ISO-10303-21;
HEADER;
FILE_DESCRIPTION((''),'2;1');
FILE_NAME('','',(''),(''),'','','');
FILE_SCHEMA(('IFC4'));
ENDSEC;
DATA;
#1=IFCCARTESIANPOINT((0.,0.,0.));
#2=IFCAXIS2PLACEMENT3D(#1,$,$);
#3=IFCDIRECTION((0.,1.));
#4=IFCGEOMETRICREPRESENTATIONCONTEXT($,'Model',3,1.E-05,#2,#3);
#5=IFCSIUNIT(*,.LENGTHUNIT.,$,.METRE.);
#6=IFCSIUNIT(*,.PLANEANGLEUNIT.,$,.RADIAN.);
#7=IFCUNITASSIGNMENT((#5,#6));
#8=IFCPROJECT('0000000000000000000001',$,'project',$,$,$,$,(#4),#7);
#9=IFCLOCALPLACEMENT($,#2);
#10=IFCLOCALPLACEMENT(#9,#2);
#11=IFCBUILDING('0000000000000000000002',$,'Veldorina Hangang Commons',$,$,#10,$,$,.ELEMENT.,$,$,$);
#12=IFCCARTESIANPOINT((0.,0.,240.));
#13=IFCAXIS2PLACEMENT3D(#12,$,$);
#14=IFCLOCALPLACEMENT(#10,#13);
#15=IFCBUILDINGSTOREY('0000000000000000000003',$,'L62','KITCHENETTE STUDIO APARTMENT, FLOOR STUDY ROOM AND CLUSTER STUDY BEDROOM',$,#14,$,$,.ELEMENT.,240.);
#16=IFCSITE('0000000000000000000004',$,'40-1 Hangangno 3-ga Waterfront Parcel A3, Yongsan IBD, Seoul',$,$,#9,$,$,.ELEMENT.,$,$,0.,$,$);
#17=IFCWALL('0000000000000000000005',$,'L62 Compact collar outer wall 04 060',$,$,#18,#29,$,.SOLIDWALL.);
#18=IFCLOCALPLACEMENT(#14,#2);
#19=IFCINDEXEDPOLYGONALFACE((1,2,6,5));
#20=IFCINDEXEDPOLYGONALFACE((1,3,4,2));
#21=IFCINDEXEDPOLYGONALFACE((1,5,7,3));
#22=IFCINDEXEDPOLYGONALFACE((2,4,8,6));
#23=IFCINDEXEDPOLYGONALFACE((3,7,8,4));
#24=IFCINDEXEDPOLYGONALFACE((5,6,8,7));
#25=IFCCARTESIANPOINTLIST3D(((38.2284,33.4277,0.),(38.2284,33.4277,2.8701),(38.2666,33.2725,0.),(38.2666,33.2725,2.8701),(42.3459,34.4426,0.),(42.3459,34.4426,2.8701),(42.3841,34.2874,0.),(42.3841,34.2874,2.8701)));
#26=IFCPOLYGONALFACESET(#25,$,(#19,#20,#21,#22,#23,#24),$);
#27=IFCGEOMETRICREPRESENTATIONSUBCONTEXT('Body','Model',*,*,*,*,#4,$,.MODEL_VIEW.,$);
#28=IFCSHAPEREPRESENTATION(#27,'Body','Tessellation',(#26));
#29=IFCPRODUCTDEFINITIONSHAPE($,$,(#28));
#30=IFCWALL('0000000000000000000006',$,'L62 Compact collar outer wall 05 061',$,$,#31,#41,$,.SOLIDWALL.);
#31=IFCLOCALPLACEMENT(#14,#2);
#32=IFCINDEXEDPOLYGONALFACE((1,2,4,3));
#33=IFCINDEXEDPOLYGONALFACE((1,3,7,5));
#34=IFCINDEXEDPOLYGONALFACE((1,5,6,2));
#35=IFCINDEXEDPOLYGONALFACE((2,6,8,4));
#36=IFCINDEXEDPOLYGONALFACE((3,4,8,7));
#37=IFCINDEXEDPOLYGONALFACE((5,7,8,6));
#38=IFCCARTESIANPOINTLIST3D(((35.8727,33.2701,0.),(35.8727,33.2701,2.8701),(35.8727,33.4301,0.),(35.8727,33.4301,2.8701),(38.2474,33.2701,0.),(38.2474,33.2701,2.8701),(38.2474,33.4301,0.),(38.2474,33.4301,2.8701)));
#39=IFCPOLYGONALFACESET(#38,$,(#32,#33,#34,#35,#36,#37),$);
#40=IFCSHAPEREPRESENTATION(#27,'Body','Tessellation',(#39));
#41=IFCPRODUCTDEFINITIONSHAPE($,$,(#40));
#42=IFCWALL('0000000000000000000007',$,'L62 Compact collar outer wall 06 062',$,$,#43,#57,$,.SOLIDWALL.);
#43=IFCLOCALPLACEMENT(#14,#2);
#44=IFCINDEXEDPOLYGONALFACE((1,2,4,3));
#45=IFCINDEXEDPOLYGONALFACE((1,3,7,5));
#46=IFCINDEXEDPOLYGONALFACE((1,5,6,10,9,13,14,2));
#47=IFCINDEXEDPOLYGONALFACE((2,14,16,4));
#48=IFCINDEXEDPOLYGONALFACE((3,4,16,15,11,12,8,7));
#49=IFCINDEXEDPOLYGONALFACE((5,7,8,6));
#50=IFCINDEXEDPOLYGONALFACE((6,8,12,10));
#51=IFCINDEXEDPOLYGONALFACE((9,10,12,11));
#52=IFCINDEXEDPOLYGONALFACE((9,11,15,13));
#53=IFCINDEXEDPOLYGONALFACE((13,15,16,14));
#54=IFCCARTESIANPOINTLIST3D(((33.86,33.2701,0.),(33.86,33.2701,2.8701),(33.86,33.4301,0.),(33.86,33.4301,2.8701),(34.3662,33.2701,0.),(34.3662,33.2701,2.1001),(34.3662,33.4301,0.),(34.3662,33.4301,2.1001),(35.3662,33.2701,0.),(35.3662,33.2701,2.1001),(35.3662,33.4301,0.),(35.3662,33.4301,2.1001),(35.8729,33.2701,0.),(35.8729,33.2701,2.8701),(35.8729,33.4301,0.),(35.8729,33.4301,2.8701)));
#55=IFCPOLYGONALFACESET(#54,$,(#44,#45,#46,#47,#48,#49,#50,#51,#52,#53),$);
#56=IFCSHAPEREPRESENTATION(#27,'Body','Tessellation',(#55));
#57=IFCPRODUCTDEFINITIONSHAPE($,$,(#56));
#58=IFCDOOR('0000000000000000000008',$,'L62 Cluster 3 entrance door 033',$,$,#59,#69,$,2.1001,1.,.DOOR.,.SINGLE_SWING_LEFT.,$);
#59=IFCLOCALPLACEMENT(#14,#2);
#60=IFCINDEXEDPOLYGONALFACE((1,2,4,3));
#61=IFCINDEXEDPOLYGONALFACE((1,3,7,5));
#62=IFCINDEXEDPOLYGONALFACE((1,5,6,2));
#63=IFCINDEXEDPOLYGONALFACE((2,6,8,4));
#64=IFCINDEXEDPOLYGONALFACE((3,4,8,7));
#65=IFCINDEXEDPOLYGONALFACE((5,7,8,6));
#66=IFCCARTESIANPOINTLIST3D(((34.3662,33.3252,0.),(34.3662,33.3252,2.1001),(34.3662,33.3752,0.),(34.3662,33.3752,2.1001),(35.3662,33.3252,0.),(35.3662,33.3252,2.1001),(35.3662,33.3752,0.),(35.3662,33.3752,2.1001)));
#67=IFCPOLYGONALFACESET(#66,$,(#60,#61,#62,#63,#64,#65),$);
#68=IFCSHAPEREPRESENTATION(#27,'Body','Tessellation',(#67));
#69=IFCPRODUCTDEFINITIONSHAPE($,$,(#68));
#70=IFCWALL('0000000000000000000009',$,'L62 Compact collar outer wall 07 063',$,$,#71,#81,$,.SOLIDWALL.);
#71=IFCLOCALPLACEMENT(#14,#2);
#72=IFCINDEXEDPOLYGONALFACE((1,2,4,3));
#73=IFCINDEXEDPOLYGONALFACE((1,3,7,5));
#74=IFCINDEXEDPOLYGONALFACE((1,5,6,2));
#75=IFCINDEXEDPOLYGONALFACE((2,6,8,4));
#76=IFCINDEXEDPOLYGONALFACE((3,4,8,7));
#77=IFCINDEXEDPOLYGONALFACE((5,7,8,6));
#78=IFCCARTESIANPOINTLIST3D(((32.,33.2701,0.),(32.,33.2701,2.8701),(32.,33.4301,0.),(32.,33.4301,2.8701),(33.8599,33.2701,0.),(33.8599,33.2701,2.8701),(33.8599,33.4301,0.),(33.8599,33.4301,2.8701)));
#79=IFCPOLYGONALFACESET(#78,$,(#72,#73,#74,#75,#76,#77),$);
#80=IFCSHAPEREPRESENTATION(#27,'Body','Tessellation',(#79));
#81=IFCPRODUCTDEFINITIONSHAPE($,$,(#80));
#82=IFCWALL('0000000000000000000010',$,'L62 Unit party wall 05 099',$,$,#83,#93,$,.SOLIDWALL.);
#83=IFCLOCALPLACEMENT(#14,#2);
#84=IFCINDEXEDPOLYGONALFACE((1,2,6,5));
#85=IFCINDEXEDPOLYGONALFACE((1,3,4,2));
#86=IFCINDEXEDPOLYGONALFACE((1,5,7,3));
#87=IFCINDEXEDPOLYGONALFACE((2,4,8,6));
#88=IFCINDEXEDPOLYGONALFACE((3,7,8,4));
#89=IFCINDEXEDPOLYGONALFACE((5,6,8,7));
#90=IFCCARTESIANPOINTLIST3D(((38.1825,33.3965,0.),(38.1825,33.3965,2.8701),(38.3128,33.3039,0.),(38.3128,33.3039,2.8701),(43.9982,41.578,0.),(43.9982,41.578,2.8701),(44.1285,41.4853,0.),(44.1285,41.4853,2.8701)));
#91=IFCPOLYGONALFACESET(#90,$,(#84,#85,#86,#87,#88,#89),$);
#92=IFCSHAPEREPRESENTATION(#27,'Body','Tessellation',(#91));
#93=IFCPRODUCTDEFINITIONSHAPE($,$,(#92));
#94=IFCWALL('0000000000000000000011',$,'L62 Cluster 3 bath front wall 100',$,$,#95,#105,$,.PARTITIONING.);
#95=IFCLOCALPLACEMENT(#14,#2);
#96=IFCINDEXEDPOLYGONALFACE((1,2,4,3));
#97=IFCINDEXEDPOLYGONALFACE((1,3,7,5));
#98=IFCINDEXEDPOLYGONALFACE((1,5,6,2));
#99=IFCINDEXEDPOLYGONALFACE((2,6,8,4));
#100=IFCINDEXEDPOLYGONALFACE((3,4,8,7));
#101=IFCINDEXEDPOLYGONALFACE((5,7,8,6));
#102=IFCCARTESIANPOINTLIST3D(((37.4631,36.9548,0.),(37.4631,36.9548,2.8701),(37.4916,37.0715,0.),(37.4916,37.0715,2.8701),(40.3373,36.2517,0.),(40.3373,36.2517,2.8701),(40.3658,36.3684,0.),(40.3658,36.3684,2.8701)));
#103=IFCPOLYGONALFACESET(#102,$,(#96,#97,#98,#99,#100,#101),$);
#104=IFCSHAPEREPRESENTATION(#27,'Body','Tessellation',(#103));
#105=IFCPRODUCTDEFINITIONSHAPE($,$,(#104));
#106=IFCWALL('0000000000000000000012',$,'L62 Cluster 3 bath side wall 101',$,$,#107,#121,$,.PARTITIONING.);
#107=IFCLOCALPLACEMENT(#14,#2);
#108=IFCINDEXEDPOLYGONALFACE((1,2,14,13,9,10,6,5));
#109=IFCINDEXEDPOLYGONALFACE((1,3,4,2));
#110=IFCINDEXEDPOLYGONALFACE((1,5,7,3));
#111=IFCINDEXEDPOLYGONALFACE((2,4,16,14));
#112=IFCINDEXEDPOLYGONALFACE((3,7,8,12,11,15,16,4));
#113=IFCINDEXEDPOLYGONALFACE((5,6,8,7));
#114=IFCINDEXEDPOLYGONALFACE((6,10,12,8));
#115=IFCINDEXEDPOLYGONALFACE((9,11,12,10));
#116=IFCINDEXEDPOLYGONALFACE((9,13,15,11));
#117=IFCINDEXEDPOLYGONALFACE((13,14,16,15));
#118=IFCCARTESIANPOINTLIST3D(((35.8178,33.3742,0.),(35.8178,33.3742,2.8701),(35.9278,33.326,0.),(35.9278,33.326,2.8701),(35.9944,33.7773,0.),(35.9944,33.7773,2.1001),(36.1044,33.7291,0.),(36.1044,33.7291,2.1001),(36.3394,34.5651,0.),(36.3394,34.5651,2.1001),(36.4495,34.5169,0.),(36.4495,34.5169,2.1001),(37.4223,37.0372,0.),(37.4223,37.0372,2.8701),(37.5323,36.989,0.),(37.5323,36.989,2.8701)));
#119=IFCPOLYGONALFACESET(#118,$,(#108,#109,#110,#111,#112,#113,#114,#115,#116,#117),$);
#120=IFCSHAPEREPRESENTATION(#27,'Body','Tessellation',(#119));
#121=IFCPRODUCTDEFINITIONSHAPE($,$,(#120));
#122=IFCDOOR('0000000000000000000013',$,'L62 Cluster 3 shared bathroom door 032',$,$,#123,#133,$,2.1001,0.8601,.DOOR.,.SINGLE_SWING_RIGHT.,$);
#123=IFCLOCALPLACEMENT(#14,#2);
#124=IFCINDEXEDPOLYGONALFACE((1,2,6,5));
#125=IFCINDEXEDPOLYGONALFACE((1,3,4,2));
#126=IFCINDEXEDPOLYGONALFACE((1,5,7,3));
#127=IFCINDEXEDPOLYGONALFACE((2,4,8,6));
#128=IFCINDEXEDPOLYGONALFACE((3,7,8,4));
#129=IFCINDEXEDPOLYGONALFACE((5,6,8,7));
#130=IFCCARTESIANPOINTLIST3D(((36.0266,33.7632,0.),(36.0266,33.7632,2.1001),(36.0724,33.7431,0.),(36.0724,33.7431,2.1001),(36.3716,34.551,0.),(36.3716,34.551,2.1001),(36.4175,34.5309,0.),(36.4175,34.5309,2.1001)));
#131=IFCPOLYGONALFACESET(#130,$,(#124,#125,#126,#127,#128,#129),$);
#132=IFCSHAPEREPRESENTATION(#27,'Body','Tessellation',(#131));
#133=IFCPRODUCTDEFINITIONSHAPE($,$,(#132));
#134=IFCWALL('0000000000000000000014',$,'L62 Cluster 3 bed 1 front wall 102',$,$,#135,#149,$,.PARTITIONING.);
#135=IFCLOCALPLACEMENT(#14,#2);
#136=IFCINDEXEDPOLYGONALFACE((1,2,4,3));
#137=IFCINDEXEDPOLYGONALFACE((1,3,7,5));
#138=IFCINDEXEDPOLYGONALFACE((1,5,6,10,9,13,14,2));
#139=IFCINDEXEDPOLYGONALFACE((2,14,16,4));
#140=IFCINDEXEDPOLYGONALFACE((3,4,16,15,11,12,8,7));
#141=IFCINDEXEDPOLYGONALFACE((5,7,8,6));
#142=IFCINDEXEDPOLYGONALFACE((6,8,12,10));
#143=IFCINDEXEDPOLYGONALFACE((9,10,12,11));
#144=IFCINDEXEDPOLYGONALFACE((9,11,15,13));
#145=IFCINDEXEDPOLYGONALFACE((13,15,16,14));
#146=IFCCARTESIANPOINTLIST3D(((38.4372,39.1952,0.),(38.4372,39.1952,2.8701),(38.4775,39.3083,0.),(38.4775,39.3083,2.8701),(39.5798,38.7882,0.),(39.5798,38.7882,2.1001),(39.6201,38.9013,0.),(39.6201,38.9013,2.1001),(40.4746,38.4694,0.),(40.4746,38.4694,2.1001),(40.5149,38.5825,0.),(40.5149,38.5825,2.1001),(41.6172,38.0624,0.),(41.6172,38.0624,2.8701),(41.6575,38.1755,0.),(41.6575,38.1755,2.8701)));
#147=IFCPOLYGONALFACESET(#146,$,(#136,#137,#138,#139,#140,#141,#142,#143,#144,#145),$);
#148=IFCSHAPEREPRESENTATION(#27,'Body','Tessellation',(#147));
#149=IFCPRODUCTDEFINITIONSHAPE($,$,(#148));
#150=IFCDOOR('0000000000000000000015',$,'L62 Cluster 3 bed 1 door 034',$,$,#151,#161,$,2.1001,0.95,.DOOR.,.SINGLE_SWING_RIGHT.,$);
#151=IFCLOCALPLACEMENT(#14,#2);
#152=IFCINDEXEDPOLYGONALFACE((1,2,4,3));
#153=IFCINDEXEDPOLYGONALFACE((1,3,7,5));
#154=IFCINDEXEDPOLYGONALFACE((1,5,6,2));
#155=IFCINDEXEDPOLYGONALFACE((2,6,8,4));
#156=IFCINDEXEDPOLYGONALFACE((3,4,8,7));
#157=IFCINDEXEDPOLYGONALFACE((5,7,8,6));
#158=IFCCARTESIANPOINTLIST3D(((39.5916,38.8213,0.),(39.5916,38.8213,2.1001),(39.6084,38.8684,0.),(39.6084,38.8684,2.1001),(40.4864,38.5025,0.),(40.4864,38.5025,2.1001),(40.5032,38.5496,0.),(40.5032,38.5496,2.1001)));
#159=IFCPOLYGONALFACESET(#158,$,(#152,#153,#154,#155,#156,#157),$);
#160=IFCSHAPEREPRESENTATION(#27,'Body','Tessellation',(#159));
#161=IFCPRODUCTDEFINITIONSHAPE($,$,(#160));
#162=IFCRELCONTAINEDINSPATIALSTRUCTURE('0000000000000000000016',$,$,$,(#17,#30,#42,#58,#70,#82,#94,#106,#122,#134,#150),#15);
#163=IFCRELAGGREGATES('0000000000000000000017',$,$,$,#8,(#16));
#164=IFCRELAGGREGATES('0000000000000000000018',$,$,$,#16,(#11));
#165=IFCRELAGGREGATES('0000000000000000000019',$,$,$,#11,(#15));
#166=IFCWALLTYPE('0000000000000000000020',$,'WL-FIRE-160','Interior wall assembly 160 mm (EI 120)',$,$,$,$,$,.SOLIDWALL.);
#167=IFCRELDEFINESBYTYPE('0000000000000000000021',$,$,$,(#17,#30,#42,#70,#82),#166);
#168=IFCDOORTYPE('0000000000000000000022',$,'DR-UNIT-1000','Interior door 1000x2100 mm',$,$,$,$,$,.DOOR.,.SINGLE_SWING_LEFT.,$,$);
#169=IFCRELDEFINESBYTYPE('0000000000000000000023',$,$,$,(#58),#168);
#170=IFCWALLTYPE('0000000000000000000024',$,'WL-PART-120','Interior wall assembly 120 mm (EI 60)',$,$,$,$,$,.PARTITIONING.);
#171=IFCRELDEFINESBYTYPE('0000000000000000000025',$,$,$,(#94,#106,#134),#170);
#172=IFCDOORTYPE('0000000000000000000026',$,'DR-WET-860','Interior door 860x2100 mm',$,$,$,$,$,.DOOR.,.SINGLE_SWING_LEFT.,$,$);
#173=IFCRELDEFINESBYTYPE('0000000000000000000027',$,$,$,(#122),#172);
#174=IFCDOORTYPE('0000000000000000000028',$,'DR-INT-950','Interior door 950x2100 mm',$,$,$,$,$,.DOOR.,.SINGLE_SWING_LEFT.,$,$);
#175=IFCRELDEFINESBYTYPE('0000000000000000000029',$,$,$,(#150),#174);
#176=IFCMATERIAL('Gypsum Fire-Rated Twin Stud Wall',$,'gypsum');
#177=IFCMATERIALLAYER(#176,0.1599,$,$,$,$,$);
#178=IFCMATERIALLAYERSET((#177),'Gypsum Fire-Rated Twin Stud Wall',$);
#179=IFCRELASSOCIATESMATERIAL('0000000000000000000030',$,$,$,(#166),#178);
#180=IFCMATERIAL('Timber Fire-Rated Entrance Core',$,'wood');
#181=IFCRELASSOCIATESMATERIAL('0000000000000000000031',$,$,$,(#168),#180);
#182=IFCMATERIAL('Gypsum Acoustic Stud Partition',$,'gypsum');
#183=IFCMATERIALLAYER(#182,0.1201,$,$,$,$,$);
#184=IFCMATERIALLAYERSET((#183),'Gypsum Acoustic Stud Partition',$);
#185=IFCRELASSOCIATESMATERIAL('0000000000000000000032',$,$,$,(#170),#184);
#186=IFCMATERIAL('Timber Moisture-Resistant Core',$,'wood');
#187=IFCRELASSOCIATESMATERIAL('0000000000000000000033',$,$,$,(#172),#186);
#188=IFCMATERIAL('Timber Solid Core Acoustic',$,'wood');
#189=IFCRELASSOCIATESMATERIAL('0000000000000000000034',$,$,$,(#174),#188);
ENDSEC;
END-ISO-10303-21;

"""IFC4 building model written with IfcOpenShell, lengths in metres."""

from ifc_helpers import new_model, si_unit, direction, frame, frame_2d, origin, place, context, subcontext, project, spatial, rectangle, extrude, material, layer, layer_set, type_object, element, fill, save


model = new_model("IFC4")

# Units and contexts
model_context = context("Model", 3, precision=1e-05, world=origin(), true_north=direction((0.0, 1.0)))
body_context = subcontext(model_context, "Body", "Model", "MODEL_VIEW")
ifc_project = project(units=[si_unit("LENGTHUNIT", "METRE"), si_unit("PLANEANGLEUNIT", "RADIAN")], contexts=[model_context])

# Site, building, storey
site_placement = place(None, origin())
site = spatial("IfcSite", under=ifc_project, at=site_placement, Name="40-1 Hangangno 3-ga Waterfront Parcel A3, Yongsan IBD, Seoul", CompositionType="ELEMENT", RefElevation=0.0)
building_placement = place(site_placement, origin())
building = spatial("IfcBuilding", under=site, at=building_placement, Name="Veldorina Hangang Commons", CompositionType="ELEMENT")
storey_placement = place(building_placement, frame((0.0, 0.0, 240.0)))
storey = spatial("IfcBuildingStorey", under=building, at=storey_placement, Name="L62", Description="KITCHENETTE STUDIO APARTMENT, FLOOR STUDY ROOM AND CLUSTER STUDY BEDROOM", CompositionType="ELEMENT", Elevation=240.0)

# Walls
ifc_material_1 = material(Name="Gypsum Fire-Rated Twin Stud Wall", Category="gypsum")
ifc_layer_1 = layer(ifc_material_1, 0.1599)
ifc_layer_set_1 = layer_set([ifc_layer_1], Name="Gypsum Fire-Rated Twin Stud Wall")
wall_type_1 = type_object("IfcWallType", Name="WL-FIRE-160", Description="Interior wall assembly 160 mm (EI 120)", PredefinedType="SOLIDWALL", material=ifc_layer_set_1)
wall_1_placement = place(storey_placement, frame((42.365, 34.365, 0.0), z_axis=(0.0, 0.0, 1.0), x_axis=(-0.97094, -0.239324, 0.0)))
element("IfcWall", 1, at=wall_1_placement, inside=storey, type_object=wall_type_1, Name="L62 Compact collar outer wall 04 060", PredefinedType="SOLIDWALL", context=body_context, shape_type="SweptSolid", body=[
    extrude(rectangle(XDim=4.2407, YDim=0.1599, at=frame_2d((2.1204, 0.0))), origin(), (0.0, 0.0, 1.0), 2.8701),
])
wall_2_placement = place(storey_placement, frame((38.2476, 33.3501, 0.0), z_axis=(0.0, 0.0, 1.0), x_axis=(-1.0, 0.0, 0.0)))
element("IfcWall", 2, at=wall_2_placement, inside=storey, type_object=wall_type_1, Name="L62 Compact collar outer wall 05 061", PredefinedType="SOLIDWALL", context=body_context, shape_type="SweptSolid", body=[
    extrude(rectangle(XDim=2.3748, YDim=0.1599, at=frame_2d((1.1875, 0.0))), origin(), (0.0, 0.0, 1.0), 2.8701),
])

# Wall, opening, door
wall_3_placement = place(storey_placement, frame((35.8728, 33.3501, 0.0), z_axis=(0.0, 0.0, 1.0), x_axis=(-1.0, 0.0, 0.0)))
wall_3 = element("IfcWall", 3, at=wall_3_placement, inside=storey, type_object=wall_type_1, Name="L62 Compact collar outer wall 06 062", PredefinedType="SOLIDWALL", context=body_context, shape_type="SweptSolid", body=[
    extrude(rectangle(XDim=2.0129, YDim=0.1599, at=frame_2d((1.0063, 0.0))), origin(), (0.0, 0.0, 1.0), 2.8701),
])
opening_1_placement = place(wall_3_placement, frame((0.5066, 0.0, 0.0)))
opening_1 = element("IfcOpeningElement", 4, at=opening_1_placement, cuts=wall_3, PredefinedType="OPENING", context=body_context, shape_type="SweptSolid", body=[
    extrude(rectangle(XDim=1.0, YDim=2.1001, at=frame_2d((0.5, 1.05))), frame((0.0, 0.0898, 0.0), z_axis=(0.0, -1.0, 0.0), x_axis=(1.0, 0.0, 0.0)), (0.0, 0.0, 1.0), 0.1799),
])
ifc_material_2 = material(Name="Timber Fire-Rated Entrance Core", Category="wood")
door_type_1 = type_object("IfcDoorType", Name="DR-UNIT-1000", Description="Interior door 1000x2100 mm", OperationType="SINGLE_SWING_LEFT", PredefinedType="DOOR", material=ifc_material_2)
door_1_placement = place(opening_1_placement, origin())
door_1 = element("IfcDoor", 5, at=door_1_placement, inside=storey, type_object=door_type_1, Name="L62 Cluster 3 entrance door 033", OperationType="SINGLE_SWING_LEFT", OverallHeight=2.1001, OverallWidth=1.0, PredefinedType="DOOR", context=body_context, shape_type="SweptSolid", body=[
    extrude(rectangle(XDim=1.0, YDim=2.1001, at=frame_2d((0.5, 1.05))), frame((0.0, 0.0249, 0.0), z_axis=(0.0, -1.0, 0.0), x_axis=(1.0, 0.0, 0.0)), (0.0, 0.0, 1.0), 0.05),
])
fill(opening_1, door_1)

# Walls
wall_4_placement = place(storey_placement, frame((33.8599, 33.3501, 0.0), z_axis=(0.0, 0.0, 1.0), x_axis=(-1.0, 0.0, 0.0)))
element("IfcWall", 6, at=wall_4_placement, inside=storey, type_object=wall_type_1, Name="L62 Compact collar outer wall 07 063", PredefinedType="SOLIDWALL", context=body_context, shape_type="SweptSolid", body=[
    extrude(rectangle(XDim=1.8599, YDim=0.1599, at=frame_2d((0.9299, 0.0))), origin(), (0.0, 0.0, 1.0), 2.8701),
])
wall_5_placement = place(storey_placement, frame((38.2476, 33.3501, 0.0), z_axis=(0.0, 0.0, 1.0), x_axis=(0.579378, 0.815059, 0.0)))
element("IfcWall", 7, at=wall_5_placement, inside=storey, type_object=wall_type_1, Name="L62 Unit party wall 05 099", PredefinedType="SOLIDWALL", context=body_context, shape_type="SweptSolid", body=[
    extrude(rectangle(XDim=10.0378, YDim=0.1599, at=frame_2d((5.019, 0.0))), origin(), (0.0, 0.0, 1.0), 2.8701),
])
ifc_material_3 = material(Name="Gypsum Acoustic Stud Partition", Category="gypsum")
ifc_layer_2 = layer(ifc_material_3, 0.1201)
ifc_layer_set_2 = layer_set([ifc_layer_2], Name="Gypsum Acoustic Stud Partition")
wall_type_2 = type_object("IfcWallType", Name="WL-PART-120", Description="Interior wall assembly 120 mm (EI 60)", PredefinedType="PARTITIONING", material=ifc_layer_set_2)
wall_6_placement = place(storey_placement, frame((40.3516, 36.3101, 0.0), z_axis=(0.0, 0.0, 1.0), x_axis=(-0.971358, 0.237621, 0.0)))
element("IfcWall", 8, at=wall_6_placement, inside=storey, type_object=wall_type_2, Name="L62 Cluster 3 bath front wall 100", PredefinedType="PARTITIONING", context=body_context, shape_type="SweptSolid", body=[
    extrude(rectangle(XDim=2.959, YDim=0.1201, at=frame_2d((1.4795, 0.0))), origin(), (0.0, 0.0, 1.0), 2.8701),
])

# Walls, openings, doors
wall_7_placement = place(storey_placement, frame((35.8728, 33.3501, 0.0), z_axis=(0.0, 0.0, 1.0), x_axis=(0.401216, 0.915984, 0.0)))
wall_7 = element("IfcWall", 9, at=wall_7_placement, inside=storey, type_object=wall_type_2, Name="L62 Cluster 3 bath side wall 101", PredefinedType="PARTITIONING", context=body_context, shape_type="SweptSolid", body=[
    extrude(rectangle(XDim=3.999, YDim=0.1201, at=frame_2d((1.9995, 0.0))), origin(), (0.0, 0.0, 1.0), 2.8701),
])
opening_2_placement = place(wall_7_placement, frame((0.4399, 0.0, 0.0)))
opening_2 = element("IfcOpeningElement", 10, at=opening_2_placement, cuts=wall_7, PredefinedType="OPENING", context=body_context, shape_type="SweptSolid", body=[
    extrude(rectangle(XDim=0.8601, YDim=2.1001, at=frame_2d((0.4302, 1.05))), frame((0.0, 0.0701, 0.0), z_axis=(0.0, -1.0, 0.0), x_axis=(1.0, 0.0, 0.0)), (0.0, 0.0, 1.0), 0.1401),
])
ifc_material_4 = material(Name="Timber Moisture-Resistant Core", Category="wood")
door_type_2 = type_object("IfcDoorType", Name="DR-WET-860", Description="Interior door 860x2100 mm", OperationType="SINGLE_SWING_LEFT", PredefinedType="DOOR", material=ifc_material_4)
door_2_placement = place(opening_2_placement, origin())
door_2 = element("IfcDoor", 11, at=door_2_placement, inside=storey, type_object=door_type_2, Name="L62 Cluster 3 shared bathroom door 032", OperationType="SINGLE_SWING_RIGHT", OverallHeight=2.1001, OverallWidth=0.8601, PredefinedType="DOOR", context=body_context, shape_type="SweptSolid", body=[
    extrude(rectangle(XDim=0.8601, YDim=2.1001, at=frame_2d((0.4302, 1.05))), frame((0.0, 0.0249, 0.0), z_axis=(0.0, -1.0, 0.0), x_axis=(1.0, 0.0, 0.0)), (0.0, 0.0, 1.0), 0.05),
])
fill(opening_2, door_2)
wall_8_placement = place(storey_placement, frame((41.6375, 38.1189, 0.0), z_axis=(0.0, 0.0, 1.0), x_axis=(-0.942012, 0.33558, 0.0)))
wall_8 = element("IfcWall", 12, at=wall_8_placement, inside=storey, type_object=wall_type_2, Name="L62 Cluster 3 bed 1 front wall 102", PredefinedType="PARTITIONING", context=body_context, shape_type="SweptSolid", body=[
    extrude(rectangle(XDim=3.3757, YDim=0.1201, at=frame_2d((1.688, 0.0))), origin(), (0.0, 0.0, 1.0), 2.8701),
])
opening_3_placement = place(wall_8_placement, frame((1.2129, 0.0, 0.0)))
opening_3 = element("IfcOpeningElement", 13, at=opening_3_placement, cuts=wall_8, PredefinedType="OPENING", context=body_context, shape_type="SweptSolid", body=[
    extrude(rectangle(XDim=0.95, YDim=2.1001, at=frame_2d((0.4751, 1.05))), frame((0.0, 0.0701, 0.0), z_axis=(0.0, -1.0, 0.0), x_axis=(1.0, 0.0, 0.0)), (0.0, 0.0, 1.0), 0.1401),
])
ifc_material_5 = material(Name="Timber Solid Core Acoustic", Category="wood")
door_type_3 = type_object("IfcDoorType", Name="DR-INT-950", Description="Interior door 950x2100 mm", OperationType="SINGLE_SWING_LEFT", PredefinedType="DOOR", material=ifc_material_5)
door_3_placement = place(opening_3_placement, origin())
door_3 = element("IfcDoor", 14, at=door_3_placement, inside=storey, type_object=door_type_3, Name="L62 Cluster 3 bed 1 door 034", OperationType="SINGLE_SWING_RIGHT", OverallHeight=2.1001, OverallWidth=0.95, PredefinedType="DOOR", context=body_context, shape_type="SweptSolid", body=[
    extrude(rectangle(XDim=0.95, YDim=2.1001, at=frame_2d((0.4751, 1.05))), frame((0.0, 0.0249, 0.0), z_axis=(0.0, -1.0, 0.0), x_axis=(1.0, 0.0, 0.0)), (0.0, 0.0, 1.0), 0.05),
])
fill(opening_3, door_3)

save(model, "model.ifc")
